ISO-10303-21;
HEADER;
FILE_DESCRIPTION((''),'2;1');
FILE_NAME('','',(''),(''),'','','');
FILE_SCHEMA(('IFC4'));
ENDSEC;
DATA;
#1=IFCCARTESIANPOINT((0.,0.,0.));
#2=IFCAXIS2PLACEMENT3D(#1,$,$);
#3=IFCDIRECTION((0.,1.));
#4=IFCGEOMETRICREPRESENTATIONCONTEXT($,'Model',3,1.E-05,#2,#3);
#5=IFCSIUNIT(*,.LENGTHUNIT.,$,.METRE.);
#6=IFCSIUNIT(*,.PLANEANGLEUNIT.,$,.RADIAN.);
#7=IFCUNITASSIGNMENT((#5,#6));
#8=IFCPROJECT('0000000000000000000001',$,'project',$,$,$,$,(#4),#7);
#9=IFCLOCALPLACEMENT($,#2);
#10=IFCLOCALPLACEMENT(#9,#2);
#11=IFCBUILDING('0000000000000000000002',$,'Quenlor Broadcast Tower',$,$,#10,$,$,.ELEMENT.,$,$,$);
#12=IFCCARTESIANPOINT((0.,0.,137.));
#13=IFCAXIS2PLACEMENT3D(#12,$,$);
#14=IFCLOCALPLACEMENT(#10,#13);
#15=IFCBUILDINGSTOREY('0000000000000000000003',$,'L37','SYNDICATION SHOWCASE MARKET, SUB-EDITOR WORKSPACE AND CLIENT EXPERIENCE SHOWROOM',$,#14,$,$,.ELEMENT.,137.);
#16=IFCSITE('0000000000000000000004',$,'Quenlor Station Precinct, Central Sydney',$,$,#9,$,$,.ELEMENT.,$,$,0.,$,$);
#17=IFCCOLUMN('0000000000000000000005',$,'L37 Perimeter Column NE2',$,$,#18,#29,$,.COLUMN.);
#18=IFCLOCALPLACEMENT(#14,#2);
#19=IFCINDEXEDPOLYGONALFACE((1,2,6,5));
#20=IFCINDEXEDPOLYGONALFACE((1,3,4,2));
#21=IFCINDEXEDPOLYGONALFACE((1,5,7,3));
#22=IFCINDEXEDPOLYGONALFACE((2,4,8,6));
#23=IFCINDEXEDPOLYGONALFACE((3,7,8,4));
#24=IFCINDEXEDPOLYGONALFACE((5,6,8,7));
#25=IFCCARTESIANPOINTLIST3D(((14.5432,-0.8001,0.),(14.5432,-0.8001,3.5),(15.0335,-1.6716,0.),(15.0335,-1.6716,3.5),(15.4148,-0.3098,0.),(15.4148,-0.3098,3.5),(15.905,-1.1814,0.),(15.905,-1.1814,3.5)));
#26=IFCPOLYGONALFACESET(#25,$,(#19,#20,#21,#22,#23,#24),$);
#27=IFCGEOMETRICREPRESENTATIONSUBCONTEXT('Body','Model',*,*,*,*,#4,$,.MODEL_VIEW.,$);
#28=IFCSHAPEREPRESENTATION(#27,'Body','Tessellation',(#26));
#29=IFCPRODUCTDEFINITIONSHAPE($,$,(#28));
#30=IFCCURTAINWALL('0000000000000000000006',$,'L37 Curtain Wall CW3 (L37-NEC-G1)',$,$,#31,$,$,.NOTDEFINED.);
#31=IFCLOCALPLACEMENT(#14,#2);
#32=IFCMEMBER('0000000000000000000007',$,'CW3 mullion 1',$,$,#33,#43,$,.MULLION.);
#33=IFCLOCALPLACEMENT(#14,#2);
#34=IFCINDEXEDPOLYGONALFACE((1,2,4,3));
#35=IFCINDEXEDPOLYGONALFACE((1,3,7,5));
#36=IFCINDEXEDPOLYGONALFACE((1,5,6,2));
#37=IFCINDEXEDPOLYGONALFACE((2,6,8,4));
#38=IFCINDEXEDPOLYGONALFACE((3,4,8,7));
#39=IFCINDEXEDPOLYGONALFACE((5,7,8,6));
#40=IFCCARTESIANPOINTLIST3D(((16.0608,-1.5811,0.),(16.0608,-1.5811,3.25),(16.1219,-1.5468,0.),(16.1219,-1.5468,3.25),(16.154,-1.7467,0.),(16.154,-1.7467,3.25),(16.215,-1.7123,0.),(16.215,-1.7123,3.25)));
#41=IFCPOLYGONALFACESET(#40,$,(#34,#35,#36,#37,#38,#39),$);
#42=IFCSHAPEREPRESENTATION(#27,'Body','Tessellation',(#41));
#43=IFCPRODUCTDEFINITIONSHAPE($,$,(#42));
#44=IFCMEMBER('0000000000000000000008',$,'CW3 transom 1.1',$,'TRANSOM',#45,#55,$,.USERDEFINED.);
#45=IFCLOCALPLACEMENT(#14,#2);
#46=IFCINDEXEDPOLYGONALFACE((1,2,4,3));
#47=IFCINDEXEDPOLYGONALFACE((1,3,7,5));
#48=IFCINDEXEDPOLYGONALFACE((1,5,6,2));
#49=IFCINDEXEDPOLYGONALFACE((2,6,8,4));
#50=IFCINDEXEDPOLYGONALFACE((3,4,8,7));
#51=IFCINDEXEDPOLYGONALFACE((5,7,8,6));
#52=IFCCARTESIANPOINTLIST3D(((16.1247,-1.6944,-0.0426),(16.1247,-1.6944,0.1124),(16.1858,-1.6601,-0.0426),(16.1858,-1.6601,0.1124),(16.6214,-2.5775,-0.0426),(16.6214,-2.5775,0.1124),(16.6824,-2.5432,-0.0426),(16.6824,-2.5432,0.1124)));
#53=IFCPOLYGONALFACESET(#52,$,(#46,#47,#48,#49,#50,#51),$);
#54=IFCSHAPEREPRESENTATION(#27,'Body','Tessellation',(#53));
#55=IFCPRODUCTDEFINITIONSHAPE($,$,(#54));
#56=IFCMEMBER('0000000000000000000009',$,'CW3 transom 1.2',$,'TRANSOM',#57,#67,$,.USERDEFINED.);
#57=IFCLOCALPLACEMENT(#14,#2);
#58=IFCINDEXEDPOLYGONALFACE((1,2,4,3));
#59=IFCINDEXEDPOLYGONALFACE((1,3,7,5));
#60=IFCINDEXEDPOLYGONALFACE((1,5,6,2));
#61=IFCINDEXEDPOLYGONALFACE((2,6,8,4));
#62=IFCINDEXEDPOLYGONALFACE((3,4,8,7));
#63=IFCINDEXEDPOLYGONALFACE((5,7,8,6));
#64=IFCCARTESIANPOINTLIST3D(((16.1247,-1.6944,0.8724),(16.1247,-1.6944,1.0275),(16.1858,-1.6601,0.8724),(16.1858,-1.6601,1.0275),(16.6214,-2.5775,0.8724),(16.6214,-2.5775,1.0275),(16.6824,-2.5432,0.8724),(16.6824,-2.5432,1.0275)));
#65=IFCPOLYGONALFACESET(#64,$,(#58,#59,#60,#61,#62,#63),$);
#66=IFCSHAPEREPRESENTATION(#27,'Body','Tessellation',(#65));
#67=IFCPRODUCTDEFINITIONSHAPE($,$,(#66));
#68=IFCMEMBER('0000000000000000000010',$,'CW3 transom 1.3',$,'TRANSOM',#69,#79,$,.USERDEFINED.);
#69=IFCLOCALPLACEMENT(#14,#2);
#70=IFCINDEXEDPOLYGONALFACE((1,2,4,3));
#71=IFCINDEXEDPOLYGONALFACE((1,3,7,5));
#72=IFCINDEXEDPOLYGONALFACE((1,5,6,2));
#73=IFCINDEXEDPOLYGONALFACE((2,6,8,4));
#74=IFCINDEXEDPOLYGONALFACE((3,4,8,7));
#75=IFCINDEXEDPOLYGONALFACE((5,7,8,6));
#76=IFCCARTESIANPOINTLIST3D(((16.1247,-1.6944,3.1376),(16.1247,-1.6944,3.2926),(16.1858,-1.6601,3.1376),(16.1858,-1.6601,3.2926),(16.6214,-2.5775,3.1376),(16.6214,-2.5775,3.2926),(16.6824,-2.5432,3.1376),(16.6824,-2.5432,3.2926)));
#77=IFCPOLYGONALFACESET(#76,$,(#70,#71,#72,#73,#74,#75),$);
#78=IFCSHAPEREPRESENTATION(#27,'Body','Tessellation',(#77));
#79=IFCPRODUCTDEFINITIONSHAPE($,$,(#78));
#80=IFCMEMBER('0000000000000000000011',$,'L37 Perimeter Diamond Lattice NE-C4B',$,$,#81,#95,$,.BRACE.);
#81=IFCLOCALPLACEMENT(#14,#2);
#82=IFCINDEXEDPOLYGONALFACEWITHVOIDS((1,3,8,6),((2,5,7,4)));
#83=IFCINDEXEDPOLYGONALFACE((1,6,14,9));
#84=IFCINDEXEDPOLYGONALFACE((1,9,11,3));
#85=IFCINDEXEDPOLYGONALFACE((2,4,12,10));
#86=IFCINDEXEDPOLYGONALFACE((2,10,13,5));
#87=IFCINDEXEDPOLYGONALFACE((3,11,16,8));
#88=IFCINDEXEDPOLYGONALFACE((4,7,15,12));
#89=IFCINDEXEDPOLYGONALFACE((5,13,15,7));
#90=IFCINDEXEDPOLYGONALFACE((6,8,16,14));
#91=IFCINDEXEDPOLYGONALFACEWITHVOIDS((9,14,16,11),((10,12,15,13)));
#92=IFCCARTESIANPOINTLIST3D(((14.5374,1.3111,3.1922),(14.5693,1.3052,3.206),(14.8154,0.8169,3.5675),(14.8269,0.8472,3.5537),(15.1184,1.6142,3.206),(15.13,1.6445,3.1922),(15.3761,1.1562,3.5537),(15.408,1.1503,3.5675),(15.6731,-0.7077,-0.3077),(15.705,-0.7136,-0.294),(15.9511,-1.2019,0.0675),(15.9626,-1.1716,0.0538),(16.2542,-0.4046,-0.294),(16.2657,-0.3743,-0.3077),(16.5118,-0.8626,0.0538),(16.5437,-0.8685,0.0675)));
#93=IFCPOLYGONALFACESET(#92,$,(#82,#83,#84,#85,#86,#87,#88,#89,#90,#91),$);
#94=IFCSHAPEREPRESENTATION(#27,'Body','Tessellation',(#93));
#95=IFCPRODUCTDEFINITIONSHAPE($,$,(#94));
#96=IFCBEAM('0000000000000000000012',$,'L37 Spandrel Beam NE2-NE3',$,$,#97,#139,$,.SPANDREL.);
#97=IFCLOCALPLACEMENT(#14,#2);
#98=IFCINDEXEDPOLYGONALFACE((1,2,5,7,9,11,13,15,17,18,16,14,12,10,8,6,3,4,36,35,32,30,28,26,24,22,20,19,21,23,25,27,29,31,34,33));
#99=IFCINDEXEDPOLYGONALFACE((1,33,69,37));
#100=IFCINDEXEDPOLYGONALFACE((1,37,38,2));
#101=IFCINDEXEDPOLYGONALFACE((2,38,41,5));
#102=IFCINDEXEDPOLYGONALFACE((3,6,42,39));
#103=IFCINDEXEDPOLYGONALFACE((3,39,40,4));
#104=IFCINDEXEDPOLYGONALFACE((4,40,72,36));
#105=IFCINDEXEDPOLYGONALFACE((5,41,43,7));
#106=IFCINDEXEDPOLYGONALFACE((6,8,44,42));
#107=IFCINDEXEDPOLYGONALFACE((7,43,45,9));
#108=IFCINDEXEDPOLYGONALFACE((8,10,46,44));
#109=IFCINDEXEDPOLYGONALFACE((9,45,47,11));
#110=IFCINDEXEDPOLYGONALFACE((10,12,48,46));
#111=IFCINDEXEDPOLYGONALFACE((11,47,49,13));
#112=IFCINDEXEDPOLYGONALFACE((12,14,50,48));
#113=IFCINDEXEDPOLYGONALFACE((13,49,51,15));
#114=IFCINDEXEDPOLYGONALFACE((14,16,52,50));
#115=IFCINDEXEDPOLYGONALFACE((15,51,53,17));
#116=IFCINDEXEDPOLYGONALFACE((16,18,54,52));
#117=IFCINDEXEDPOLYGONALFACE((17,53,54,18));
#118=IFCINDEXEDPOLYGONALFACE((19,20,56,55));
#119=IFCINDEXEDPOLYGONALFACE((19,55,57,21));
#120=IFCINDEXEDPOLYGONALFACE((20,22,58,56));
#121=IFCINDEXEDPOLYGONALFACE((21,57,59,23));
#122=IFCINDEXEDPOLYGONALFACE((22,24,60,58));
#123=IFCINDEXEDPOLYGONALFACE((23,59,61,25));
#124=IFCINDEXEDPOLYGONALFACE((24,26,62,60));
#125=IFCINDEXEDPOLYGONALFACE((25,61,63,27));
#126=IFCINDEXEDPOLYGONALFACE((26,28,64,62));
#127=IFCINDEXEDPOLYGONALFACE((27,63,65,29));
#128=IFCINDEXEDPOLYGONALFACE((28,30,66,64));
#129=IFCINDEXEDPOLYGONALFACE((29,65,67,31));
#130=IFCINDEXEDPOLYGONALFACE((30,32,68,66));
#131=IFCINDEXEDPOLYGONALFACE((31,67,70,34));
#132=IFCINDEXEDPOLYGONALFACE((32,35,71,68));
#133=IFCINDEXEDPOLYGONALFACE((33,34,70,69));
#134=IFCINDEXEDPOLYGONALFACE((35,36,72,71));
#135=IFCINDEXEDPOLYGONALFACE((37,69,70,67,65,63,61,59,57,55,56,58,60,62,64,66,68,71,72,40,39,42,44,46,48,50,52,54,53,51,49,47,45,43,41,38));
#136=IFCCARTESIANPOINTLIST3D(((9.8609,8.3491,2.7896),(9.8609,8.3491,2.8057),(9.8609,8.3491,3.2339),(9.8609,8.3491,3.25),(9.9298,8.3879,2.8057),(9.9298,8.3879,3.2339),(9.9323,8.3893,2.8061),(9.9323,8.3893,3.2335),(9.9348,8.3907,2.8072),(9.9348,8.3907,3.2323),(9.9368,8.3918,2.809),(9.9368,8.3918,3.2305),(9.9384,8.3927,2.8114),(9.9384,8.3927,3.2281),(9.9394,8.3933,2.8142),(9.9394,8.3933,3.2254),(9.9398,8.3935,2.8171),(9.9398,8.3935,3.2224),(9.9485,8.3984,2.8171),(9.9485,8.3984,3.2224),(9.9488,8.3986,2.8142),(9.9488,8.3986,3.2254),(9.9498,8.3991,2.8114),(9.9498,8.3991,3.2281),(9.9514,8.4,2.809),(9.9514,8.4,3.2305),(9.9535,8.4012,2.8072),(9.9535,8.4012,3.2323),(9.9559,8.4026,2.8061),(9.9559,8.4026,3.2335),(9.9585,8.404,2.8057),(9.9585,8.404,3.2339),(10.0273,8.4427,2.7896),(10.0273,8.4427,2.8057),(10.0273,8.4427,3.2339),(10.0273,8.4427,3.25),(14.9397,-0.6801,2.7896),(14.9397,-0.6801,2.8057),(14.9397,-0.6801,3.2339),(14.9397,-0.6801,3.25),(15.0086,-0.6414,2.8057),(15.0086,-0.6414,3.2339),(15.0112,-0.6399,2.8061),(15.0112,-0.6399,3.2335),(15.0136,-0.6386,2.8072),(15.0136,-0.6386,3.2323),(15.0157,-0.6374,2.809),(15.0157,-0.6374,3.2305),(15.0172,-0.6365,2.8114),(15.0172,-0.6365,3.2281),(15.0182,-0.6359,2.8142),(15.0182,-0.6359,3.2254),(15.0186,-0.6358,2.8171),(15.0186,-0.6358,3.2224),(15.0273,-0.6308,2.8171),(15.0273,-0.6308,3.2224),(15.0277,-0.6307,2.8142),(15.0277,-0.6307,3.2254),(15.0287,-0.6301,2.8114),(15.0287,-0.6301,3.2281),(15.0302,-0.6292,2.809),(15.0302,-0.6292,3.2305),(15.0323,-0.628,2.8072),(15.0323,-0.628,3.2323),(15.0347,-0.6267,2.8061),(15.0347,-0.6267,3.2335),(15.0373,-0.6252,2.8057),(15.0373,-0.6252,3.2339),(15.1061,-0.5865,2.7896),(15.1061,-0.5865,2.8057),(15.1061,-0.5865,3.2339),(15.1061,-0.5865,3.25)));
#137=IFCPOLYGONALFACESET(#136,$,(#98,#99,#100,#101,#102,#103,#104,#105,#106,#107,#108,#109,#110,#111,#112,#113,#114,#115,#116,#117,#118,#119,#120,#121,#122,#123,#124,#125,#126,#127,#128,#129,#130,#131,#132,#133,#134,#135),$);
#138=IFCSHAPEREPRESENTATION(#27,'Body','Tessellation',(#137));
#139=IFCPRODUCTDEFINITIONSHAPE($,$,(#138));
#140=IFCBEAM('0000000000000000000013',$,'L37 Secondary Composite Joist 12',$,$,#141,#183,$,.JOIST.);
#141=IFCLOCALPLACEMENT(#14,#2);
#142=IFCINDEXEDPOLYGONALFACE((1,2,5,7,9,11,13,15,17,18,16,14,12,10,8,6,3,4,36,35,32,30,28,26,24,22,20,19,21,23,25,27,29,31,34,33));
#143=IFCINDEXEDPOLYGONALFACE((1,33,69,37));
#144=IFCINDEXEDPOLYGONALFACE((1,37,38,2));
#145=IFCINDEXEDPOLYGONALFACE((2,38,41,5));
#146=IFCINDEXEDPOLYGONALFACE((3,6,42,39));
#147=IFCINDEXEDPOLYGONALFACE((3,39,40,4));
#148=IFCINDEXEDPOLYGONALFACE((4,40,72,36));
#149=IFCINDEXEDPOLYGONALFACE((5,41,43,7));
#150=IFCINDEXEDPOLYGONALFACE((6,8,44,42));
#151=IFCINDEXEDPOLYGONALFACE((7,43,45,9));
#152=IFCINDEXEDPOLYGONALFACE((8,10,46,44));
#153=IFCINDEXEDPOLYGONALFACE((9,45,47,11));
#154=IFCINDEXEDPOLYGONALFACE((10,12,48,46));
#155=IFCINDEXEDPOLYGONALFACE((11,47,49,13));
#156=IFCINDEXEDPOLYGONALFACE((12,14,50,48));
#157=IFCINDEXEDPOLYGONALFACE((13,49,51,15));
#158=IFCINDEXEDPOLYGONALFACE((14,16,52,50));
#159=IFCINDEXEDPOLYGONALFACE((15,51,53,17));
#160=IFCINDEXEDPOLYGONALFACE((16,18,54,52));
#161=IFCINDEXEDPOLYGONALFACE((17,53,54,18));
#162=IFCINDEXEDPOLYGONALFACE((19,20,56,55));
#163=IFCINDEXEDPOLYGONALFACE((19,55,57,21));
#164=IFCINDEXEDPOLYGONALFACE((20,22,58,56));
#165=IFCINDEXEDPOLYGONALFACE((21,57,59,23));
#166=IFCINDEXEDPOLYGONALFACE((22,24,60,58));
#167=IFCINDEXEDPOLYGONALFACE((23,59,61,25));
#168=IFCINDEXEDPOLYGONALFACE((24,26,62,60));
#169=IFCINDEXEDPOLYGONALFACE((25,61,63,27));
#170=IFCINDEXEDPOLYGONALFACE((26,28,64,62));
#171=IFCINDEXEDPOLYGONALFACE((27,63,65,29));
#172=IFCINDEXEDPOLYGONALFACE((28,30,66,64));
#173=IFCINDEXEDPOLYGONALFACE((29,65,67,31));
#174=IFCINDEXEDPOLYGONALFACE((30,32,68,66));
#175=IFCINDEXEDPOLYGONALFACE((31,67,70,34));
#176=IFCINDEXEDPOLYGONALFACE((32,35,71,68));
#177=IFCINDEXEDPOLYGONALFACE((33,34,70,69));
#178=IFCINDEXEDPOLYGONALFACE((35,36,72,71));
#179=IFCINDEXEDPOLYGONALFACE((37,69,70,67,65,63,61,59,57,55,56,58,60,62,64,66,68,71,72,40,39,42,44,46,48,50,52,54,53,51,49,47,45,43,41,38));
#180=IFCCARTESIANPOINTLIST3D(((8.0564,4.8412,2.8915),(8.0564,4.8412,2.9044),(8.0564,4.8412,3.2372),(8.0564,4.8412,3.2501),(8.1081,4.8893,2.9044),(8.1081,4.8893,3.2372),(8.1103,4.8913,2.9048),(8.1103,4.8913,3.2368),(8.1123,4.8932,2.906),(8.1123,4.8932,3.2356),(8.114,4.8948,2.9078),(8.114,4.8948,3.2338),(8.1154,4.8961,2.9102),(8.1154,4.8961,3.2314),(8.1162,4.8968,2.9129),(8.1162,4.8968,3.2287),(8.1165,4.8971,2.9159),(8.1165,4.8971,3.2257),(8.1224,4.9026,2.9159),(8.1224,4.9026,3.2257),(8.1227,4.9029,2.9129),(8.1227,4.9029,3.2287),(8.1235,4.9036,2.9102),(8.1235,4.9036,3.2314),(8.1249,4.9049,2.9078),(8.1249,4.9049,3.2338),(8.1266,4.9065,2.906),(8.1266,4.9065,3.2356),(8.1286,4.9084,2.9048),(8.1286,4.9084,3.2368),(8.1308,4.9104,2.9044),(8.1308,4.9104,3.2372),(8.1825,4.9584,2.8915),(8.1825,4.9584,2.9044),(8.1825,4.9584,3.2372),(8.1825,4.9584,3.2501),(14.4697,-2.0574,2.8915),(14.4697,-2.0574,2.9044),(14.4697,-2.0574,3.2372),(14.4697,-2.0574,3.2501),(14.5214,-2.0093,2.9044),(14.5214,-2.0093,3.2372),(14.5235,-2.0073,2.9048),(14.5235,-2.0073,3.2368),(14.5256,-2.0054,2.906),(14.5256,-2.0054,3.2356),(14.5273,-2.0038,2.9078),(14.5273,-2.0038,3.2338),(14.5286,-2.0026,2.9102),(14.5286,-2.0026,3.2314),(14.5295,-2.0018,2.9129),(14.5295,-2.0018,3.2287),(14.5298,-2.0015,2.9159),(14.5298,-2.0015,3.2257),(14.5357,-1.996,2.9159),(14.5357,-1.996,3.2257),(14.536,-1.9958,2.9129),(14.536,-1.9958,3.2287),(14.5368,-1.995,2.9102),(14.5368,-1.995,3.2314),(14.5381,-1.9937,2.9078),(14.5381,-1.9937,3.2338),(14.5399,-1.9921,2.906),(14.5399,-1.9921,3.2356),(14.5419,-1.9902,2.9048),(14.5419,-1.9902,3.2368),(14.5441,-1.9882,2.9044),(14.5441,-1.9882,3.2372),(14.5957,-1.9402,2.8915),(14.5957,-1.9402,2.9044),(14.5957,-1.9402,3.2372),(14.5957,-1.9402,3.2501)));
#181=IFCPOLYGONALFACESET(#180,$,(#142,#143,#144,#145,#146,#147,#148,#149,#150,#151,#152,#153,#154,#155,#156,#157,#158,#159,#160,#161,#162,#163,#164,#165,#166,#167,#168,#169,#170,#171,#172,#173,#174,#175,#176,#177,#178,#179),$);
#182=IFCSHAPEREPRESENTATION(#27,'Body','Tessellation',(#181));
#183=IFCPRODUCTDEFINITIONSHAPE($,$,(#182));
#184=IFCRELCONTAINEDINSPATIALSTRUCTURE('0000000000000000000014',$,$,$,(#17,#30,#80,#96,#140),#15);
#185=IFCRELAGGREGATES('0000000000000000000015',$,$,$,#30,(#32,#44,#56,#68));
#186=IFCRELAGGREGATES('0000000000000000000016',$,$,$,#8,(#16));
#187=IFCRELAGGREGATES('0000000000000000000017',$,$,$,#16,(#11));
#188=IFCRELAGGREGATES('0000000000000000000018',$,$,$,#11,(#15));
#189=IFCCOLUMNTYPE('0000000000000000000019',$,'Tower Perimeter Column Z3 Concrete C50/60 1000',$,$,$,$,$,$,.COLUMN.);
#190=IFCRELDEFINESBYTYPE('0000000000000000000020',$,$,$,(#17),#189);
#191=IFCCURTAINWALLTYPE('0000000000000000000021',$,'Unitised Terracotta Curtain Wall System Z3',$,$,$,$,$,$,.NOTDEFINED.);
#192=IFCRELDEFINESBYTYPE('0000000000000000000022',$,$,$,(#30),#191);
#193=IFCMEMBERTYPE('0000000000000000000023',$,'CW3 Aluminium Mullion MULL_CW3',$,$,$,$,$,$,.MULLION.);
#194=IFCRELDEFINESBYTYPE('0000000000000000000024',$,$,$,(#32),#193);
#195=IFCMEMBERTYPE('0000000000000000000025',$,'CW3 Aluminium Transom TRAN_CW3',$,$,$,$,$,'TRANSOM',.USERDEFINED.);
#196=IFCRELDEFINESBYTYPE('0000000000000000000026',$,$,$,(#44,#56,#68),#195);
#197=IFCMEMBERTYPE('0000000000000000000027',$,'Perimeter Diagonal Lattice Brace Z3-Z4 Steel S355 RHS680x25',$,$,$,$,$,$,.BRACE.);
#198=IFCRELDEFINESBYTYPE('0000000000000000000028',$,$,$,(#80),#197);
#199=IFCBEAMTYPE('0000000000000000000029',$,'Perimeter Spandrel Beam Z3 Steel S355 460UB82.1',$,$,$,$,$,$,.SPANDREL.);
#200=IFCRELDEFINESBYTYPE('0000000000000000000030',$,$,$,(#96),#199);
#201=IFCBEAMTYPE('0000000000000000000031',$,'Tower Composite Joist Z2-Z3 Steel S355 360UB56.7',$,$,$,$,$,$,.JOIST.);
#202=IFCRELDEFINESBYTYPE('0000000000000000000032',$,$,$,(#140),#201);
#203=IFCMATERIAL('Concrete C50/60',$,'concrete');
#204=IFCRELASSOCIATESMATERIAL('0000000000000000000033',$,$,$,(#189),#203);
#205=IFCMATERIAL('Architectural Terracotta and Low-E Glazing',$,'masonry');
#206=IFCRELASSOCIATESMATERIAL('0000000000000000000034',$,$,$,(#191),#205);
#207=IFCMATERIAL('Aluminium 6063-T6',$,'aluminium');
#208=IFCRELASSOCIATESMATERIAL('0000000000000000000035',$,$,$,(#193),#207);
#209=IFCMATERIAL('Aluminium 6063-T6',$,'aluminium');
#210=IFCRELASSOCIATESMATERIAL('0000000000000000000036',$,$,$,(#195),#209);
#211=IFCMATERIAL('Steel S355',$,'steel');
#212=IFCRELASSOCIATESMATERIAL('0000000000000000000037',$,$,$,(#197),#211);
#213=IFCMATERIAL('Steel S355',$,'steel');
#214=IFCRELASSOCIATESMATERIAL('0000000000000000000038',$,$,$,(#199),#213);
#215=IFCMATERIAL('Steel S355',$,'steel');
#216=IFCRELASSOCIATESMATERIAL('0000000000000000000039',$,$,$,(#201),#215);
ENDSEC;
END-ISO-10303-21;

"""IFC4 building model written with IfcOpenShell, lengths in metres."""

from ifc_helpers import new_model, si_unit, direction, frame, origin, origin_2d, place, context, subcontext, project, spatial, rectangle, hollow_rectangle, i_section, extrude, material, material_profile, profile_set, type_object, element, aggregate, save


model = new_model("IFC4")

# Units and contexts
model_context = context("Model", 3, precision=1e-05, world=origin(), true_north=direction((0.0, 1.0)))
body_context = subcontext(model_context, "Body", "Model", "MODEL_VIEW")
ifc_project = project(units=[si_unit("LENGTHUNIT", "METRE"), si_unit("PLANEANGLEUNIT", "RADIAN")], contexts=[model_context])

# Site, building, storey
site_placement = place(None, origin())
site = spatial("IfcSite", under=ifc_project, at=site_placement, Name="Quenlor Station Precinct, Central Sydney", CompositionType="ELEMENT", RefElevation=0.0)
building_placement = place(site_placement, origin())
building = spatial("IfcBuilding", under=site, at=building_placement, Name="Quenlor Broadcast Tower", CompositionType="ELEMENT")
storey_placement = place(building_placement, frame((0.0, 0.0, 137.0)))
storey = spatial("IfcBuildingStorey", under=building, at=storey_placement, Name="L37", Description="SYNDICATION SHOWCASE MARKET, SUB-EDITOR WORKSPACE AND CLIENT EXPERIENCE SHOWROOM", CompositionType="ELEMENT", Elevation=137.0)

# Column
ifc_material_1 = material(Name="Concrete C50/60", Category="concrete")
ifc_material_profile_1 = material_profile(ifc_material_1, rectangle(XDim=1.0, YDim=1.0, at=origin_2d()))
ifc_profile_set_1 = profile_set([ifc_material_profile_1], Name="Concrete C50/60 RC1000x1000")
column_type = type_object("IfcColumnType", Name="Tower Perimeter Column Z3 Concrete C50/60 1000", PredefinedType="COLUMN", material=ifc_profile_set_1)
column_placement = place(storey_placement, frame((15.2241, -0.9907, 0.0), z_axis=(0.0, 0.0, 1.0), x_axis=(0.871575, 0.490262, 0.0)))
element("IfcColumn", 1, at=column_placement, inside=storey, type_object=column_type, Name="L37 Perimeter Column NE2", PredefinedType="COLUMN", context=body_context, shape_type="SweptSolid", body=[
    extrude(rectangle(XDim=1.0, YDim=1.0, at=origin_2d()), origin(), (0.0, 0.0, 1.0), 3.5),
])

# Curtain wall, members
ifc_material_2 = material(Name="Architectural Terracotta and Low-E Glazing", Category="masonry")
curtain_wall_type = type_object("IfcCurtainWallType", Name="Unitised Terracotta Curtain Wall System Z3", PredefinedType="NOTDEFINED", material=ifc_material_2)
curtain_wall_placement = place(storey_placement, origin())
curtain_wall = element("IfcCurtainWall", 2, at=curtain_wall_placement, inside=storey, type_object=curtain_wall_type, Name="L37 Curtain Wall CW3 (L37-NEC-G1)", PredefinedType="NOTDEFINED")
ifc_material_3 = material(Name="Aluminium 6063-T6", Category="aluminium")
ifc_material_profile_2 = material_profile(ifc_material_3, rectangle(XDim=0.0701, YDim=0.1899, at=origin_2d()))
ifc_profile_set_2 = profile_set([ifc_material_profile_2], Name="Aluminium 6063-T6 MULL70x190")
member_type_1 = type_object("IfcMemberType", Name="CW3 Aluminium Mullion MULL_CW3", PredefinedType="MULLION", material=ifc_profile_set_2)
member_1_placement = place(storey_placement, frame((16.1379, -1.6467, 0.0), z_axis=(0.0, 0.0, 1.0), x_axis=(0.87158, 0.490253, 0.0)))
member_1 = element("IfcMember", 3, at=member_1_placement, type_object=member_type_1, Name="CW3 mullion 1", PredefinedType="MULLION", context=body_context, shape_type="SweptSolid", body=[
    extrude(rectangle(XDim=0.0701, YDim=0.1899, at=origin_2d()), origin(), (0.0, 0.0, 1.0), 3.25),
])
ifc_material_4 = material(Name="Aluminium 6063-T6", Category="aluminium")
ifc_material_profile_3 = material_profile(ifc_material_4, rectangle(XDim=0.0701, YDim=0.155, at=origin_2d()))
ifc_profile_set_3 = profile_set([ifc_material_profile_3], Name="Aluminium 6063-T6 TRAN70x155")
member_type_2 = type_object("IfcMemberType", Name="CW3 Aluminium Transom TRAN_CW3", ElementType="TRANSOM", PredefinedType="USERDEFINED", material=ifc_profile_set_3)
member_2_placement = place(storey_placement, frame((16.1553, -1.6772, 0.0349), z_axis=(0.490158, -0.871633, 0.0), x_axis=(0.871633, 0.490158, 0.0)))
member_2 = element("IfcMember", 4, at=member_2_placement, type_object=member_type_2, Name="CW3 transom 1.1", ObjectType="TRANSOM", PredefinedType="USERDEFINED", context=body_context, shape_type="SweptSolid", body=[
    extrude(rectangle(XDim=0.0701, YDim=0.155, at=origin_2d()), origin(), (0.0, 0.0, 1.0), 1.0132),
])
member_3_placement = place(storey_placement, frame((16.1553, -1.6772, 0.95), z_axis=(0.490158, -0.871633, 0.0), x_axis=(0.871633, 0.490158, 0.0)))
member_3 = element("IfcMember", 5, at=member_3_placement, type_object=member_type_2, Name="CW3 transom 1.2", ObjectType="TRANSOM", PredefinedType="USERDEFINED", context=body_context, shape_type="SweptSolid", body=[
    extrude(rectangle(XDim=0.0701, YDim=0.155, at=origin_2d()), origin(), (0.0, 0.0, 1.0), 1.0132),
])
member_4_placement = place(storey_placement, frame((16.1553, -1.6772, 3.2151), z_axis=(0.490158, -0.871633, 0.0), x_axis=(0.871633, 0.490158, 0.0)))
member_4 = element("IfcMember", 6, at=member_4_placement, type_object=member_type_2, Name="CW3 transom 1.3", ObjectType="TRANSOM", PredefinedType="USERDEFINED", context=body_context, shape_type="SweptSolid", body=[
    extrude(rectangle(XDim=0.0701, YDim=0.155, at=origin_2d()), origin(), (0.0, 0.0, 1.0), 1.0132),
])

# Member
ifc_material_5 = material(Name="Steel S355", Category="steel")
ifc_material_profile_4 = material_profile(ifc_material_5, hollow_rectangle(XDim=0.6799, YDim=0.6799, WallThickness=0.0249, at=origin_2d()))
ifc_profile_set_4 = profile_set([ifc_material_profile_4], Name="Steel S355 RHS680x680x25")
member_type_3 = type_object("IfcMemberType", Name="Perimeter Diagonal Lattice Brace Z3-Z4 Steel S355 RHS680x25", PredefinedType="BRACE", material=ifc_profile_set_4)
member_5_placement = place(storey_placement, frame((16.1084, -0.7881, -0.1201), z_axis=(-0.270603, 0.481001, 0.833914), x_axis=(-0.871545, -0.490316, 0.0)))
element("IfcMember", 7, at=member_5_placement, inside=storey, type_object=member_type_3, Name="L37 Perimeter Diamond Lattice NE-C4B", PredefinedType="BRACE", context=body_context, shape_type="SweptSolid", body=[
    extrude(hollow_rectangle(XDim=0.6799, YDim=0.6799, WallThickness=0.0249, at=origin_2d()), origin(), (0.0, 0.0, 1.0), 4.197),
])

# Beams
ifc_material_6 = material(Name="Steel S355", Category="steel")
ifc_material_profile_5 = material_profile(ifc_material_6, i_section(OverallWidth=0.1909, OverallDepth=0.4604, WebThickness=0.01, FlangeThickness=0.0161, FilletRadius=0.0115, at=origin_2d()))
ifc_profile_set_5 = profile_set([ifc_material_profile_5], Name="Steel S355 460UB82.1")
beam_type_1 = type_object("IfcBeamType", Name="Perimeter Spandrel Beam Z3 Steel S355 460UB82.1", PredefinedType="SPANDREL", material=ifc_profile_set_5)
beam_1_placement = place(storey_placement, frame((15.0229, -0.6333, 3.0198), z_axis=(-0.490252, 0.871581, 0.0), x_axis=(-0.871581, -0.490252, 0.0)))
element("IfcBeam", 8, at=beam_1_placement, inside=storey, type_object=beam_type_1, Name="L37 Spandrel Beam NE2-NE3", PredefinedType="SPANDREL", context=body_context, shape_type="SweptSolid", body=[
    extrude(i_section(OverallWidth=0.1909, OverallDepth=0.4604, WebThickness=0.01, FlangeThickness=0.0161, FilletRadius=0.0115, at=origin_2d()), origin(), (0.0, 0.0, 1.0), 10.3596),
])
ifc_material_7 = material(Name="Steel S355", Category="steel")
ifc_material_profile_6 = material_profile(ifc_material_7, i_section(OverallWidth=0.1721, OverallDepth=0.3586, WebThickness=0.0081, FlangeThickness=0.0129, FilletRadius=0.0115, at=origin_2d()))
ifc_profile_set_6 = profile_set([ifc_material_profile_6], Name="Steel S355 360UB56.7")
beam_type_2 = type_object("IfcBeamType", Name="Tower Composite Joist Z2-Z3 Steel S355 360UB56.7", PredefinedType="JOIST", material=ifc_profile_set_6)
beam_2_placement = place(storey_placement, frame((14.5327, -1.9988, 3.0708), z_axis=(-0.680874, 0.732401, 0.0), x_axis=(-0.732401, -0.680874, 0.0)))
element("IfcBeam", 9, at=beam_2_placement, inside=storey, type_object=beam_type_2, Name="L37 Secondary Composite Joist 12", PredefinedType="JOIST", context=body_context, shape_type="SweptSolid", body=[
    extrude(i_section(OverallWidth=0.1721, OverallDepth=0.3586, WebThickness=0.0081, FlangeThickness=0.0129, FilletRadius=0.0115, at=origin_2d()), origin(), (0.0, 0.0, 1.0), 9.4192),
])

aggregate(curtain_wall, [member_1, member_2, member_3, member_4])

save(model, "model.ifc")
